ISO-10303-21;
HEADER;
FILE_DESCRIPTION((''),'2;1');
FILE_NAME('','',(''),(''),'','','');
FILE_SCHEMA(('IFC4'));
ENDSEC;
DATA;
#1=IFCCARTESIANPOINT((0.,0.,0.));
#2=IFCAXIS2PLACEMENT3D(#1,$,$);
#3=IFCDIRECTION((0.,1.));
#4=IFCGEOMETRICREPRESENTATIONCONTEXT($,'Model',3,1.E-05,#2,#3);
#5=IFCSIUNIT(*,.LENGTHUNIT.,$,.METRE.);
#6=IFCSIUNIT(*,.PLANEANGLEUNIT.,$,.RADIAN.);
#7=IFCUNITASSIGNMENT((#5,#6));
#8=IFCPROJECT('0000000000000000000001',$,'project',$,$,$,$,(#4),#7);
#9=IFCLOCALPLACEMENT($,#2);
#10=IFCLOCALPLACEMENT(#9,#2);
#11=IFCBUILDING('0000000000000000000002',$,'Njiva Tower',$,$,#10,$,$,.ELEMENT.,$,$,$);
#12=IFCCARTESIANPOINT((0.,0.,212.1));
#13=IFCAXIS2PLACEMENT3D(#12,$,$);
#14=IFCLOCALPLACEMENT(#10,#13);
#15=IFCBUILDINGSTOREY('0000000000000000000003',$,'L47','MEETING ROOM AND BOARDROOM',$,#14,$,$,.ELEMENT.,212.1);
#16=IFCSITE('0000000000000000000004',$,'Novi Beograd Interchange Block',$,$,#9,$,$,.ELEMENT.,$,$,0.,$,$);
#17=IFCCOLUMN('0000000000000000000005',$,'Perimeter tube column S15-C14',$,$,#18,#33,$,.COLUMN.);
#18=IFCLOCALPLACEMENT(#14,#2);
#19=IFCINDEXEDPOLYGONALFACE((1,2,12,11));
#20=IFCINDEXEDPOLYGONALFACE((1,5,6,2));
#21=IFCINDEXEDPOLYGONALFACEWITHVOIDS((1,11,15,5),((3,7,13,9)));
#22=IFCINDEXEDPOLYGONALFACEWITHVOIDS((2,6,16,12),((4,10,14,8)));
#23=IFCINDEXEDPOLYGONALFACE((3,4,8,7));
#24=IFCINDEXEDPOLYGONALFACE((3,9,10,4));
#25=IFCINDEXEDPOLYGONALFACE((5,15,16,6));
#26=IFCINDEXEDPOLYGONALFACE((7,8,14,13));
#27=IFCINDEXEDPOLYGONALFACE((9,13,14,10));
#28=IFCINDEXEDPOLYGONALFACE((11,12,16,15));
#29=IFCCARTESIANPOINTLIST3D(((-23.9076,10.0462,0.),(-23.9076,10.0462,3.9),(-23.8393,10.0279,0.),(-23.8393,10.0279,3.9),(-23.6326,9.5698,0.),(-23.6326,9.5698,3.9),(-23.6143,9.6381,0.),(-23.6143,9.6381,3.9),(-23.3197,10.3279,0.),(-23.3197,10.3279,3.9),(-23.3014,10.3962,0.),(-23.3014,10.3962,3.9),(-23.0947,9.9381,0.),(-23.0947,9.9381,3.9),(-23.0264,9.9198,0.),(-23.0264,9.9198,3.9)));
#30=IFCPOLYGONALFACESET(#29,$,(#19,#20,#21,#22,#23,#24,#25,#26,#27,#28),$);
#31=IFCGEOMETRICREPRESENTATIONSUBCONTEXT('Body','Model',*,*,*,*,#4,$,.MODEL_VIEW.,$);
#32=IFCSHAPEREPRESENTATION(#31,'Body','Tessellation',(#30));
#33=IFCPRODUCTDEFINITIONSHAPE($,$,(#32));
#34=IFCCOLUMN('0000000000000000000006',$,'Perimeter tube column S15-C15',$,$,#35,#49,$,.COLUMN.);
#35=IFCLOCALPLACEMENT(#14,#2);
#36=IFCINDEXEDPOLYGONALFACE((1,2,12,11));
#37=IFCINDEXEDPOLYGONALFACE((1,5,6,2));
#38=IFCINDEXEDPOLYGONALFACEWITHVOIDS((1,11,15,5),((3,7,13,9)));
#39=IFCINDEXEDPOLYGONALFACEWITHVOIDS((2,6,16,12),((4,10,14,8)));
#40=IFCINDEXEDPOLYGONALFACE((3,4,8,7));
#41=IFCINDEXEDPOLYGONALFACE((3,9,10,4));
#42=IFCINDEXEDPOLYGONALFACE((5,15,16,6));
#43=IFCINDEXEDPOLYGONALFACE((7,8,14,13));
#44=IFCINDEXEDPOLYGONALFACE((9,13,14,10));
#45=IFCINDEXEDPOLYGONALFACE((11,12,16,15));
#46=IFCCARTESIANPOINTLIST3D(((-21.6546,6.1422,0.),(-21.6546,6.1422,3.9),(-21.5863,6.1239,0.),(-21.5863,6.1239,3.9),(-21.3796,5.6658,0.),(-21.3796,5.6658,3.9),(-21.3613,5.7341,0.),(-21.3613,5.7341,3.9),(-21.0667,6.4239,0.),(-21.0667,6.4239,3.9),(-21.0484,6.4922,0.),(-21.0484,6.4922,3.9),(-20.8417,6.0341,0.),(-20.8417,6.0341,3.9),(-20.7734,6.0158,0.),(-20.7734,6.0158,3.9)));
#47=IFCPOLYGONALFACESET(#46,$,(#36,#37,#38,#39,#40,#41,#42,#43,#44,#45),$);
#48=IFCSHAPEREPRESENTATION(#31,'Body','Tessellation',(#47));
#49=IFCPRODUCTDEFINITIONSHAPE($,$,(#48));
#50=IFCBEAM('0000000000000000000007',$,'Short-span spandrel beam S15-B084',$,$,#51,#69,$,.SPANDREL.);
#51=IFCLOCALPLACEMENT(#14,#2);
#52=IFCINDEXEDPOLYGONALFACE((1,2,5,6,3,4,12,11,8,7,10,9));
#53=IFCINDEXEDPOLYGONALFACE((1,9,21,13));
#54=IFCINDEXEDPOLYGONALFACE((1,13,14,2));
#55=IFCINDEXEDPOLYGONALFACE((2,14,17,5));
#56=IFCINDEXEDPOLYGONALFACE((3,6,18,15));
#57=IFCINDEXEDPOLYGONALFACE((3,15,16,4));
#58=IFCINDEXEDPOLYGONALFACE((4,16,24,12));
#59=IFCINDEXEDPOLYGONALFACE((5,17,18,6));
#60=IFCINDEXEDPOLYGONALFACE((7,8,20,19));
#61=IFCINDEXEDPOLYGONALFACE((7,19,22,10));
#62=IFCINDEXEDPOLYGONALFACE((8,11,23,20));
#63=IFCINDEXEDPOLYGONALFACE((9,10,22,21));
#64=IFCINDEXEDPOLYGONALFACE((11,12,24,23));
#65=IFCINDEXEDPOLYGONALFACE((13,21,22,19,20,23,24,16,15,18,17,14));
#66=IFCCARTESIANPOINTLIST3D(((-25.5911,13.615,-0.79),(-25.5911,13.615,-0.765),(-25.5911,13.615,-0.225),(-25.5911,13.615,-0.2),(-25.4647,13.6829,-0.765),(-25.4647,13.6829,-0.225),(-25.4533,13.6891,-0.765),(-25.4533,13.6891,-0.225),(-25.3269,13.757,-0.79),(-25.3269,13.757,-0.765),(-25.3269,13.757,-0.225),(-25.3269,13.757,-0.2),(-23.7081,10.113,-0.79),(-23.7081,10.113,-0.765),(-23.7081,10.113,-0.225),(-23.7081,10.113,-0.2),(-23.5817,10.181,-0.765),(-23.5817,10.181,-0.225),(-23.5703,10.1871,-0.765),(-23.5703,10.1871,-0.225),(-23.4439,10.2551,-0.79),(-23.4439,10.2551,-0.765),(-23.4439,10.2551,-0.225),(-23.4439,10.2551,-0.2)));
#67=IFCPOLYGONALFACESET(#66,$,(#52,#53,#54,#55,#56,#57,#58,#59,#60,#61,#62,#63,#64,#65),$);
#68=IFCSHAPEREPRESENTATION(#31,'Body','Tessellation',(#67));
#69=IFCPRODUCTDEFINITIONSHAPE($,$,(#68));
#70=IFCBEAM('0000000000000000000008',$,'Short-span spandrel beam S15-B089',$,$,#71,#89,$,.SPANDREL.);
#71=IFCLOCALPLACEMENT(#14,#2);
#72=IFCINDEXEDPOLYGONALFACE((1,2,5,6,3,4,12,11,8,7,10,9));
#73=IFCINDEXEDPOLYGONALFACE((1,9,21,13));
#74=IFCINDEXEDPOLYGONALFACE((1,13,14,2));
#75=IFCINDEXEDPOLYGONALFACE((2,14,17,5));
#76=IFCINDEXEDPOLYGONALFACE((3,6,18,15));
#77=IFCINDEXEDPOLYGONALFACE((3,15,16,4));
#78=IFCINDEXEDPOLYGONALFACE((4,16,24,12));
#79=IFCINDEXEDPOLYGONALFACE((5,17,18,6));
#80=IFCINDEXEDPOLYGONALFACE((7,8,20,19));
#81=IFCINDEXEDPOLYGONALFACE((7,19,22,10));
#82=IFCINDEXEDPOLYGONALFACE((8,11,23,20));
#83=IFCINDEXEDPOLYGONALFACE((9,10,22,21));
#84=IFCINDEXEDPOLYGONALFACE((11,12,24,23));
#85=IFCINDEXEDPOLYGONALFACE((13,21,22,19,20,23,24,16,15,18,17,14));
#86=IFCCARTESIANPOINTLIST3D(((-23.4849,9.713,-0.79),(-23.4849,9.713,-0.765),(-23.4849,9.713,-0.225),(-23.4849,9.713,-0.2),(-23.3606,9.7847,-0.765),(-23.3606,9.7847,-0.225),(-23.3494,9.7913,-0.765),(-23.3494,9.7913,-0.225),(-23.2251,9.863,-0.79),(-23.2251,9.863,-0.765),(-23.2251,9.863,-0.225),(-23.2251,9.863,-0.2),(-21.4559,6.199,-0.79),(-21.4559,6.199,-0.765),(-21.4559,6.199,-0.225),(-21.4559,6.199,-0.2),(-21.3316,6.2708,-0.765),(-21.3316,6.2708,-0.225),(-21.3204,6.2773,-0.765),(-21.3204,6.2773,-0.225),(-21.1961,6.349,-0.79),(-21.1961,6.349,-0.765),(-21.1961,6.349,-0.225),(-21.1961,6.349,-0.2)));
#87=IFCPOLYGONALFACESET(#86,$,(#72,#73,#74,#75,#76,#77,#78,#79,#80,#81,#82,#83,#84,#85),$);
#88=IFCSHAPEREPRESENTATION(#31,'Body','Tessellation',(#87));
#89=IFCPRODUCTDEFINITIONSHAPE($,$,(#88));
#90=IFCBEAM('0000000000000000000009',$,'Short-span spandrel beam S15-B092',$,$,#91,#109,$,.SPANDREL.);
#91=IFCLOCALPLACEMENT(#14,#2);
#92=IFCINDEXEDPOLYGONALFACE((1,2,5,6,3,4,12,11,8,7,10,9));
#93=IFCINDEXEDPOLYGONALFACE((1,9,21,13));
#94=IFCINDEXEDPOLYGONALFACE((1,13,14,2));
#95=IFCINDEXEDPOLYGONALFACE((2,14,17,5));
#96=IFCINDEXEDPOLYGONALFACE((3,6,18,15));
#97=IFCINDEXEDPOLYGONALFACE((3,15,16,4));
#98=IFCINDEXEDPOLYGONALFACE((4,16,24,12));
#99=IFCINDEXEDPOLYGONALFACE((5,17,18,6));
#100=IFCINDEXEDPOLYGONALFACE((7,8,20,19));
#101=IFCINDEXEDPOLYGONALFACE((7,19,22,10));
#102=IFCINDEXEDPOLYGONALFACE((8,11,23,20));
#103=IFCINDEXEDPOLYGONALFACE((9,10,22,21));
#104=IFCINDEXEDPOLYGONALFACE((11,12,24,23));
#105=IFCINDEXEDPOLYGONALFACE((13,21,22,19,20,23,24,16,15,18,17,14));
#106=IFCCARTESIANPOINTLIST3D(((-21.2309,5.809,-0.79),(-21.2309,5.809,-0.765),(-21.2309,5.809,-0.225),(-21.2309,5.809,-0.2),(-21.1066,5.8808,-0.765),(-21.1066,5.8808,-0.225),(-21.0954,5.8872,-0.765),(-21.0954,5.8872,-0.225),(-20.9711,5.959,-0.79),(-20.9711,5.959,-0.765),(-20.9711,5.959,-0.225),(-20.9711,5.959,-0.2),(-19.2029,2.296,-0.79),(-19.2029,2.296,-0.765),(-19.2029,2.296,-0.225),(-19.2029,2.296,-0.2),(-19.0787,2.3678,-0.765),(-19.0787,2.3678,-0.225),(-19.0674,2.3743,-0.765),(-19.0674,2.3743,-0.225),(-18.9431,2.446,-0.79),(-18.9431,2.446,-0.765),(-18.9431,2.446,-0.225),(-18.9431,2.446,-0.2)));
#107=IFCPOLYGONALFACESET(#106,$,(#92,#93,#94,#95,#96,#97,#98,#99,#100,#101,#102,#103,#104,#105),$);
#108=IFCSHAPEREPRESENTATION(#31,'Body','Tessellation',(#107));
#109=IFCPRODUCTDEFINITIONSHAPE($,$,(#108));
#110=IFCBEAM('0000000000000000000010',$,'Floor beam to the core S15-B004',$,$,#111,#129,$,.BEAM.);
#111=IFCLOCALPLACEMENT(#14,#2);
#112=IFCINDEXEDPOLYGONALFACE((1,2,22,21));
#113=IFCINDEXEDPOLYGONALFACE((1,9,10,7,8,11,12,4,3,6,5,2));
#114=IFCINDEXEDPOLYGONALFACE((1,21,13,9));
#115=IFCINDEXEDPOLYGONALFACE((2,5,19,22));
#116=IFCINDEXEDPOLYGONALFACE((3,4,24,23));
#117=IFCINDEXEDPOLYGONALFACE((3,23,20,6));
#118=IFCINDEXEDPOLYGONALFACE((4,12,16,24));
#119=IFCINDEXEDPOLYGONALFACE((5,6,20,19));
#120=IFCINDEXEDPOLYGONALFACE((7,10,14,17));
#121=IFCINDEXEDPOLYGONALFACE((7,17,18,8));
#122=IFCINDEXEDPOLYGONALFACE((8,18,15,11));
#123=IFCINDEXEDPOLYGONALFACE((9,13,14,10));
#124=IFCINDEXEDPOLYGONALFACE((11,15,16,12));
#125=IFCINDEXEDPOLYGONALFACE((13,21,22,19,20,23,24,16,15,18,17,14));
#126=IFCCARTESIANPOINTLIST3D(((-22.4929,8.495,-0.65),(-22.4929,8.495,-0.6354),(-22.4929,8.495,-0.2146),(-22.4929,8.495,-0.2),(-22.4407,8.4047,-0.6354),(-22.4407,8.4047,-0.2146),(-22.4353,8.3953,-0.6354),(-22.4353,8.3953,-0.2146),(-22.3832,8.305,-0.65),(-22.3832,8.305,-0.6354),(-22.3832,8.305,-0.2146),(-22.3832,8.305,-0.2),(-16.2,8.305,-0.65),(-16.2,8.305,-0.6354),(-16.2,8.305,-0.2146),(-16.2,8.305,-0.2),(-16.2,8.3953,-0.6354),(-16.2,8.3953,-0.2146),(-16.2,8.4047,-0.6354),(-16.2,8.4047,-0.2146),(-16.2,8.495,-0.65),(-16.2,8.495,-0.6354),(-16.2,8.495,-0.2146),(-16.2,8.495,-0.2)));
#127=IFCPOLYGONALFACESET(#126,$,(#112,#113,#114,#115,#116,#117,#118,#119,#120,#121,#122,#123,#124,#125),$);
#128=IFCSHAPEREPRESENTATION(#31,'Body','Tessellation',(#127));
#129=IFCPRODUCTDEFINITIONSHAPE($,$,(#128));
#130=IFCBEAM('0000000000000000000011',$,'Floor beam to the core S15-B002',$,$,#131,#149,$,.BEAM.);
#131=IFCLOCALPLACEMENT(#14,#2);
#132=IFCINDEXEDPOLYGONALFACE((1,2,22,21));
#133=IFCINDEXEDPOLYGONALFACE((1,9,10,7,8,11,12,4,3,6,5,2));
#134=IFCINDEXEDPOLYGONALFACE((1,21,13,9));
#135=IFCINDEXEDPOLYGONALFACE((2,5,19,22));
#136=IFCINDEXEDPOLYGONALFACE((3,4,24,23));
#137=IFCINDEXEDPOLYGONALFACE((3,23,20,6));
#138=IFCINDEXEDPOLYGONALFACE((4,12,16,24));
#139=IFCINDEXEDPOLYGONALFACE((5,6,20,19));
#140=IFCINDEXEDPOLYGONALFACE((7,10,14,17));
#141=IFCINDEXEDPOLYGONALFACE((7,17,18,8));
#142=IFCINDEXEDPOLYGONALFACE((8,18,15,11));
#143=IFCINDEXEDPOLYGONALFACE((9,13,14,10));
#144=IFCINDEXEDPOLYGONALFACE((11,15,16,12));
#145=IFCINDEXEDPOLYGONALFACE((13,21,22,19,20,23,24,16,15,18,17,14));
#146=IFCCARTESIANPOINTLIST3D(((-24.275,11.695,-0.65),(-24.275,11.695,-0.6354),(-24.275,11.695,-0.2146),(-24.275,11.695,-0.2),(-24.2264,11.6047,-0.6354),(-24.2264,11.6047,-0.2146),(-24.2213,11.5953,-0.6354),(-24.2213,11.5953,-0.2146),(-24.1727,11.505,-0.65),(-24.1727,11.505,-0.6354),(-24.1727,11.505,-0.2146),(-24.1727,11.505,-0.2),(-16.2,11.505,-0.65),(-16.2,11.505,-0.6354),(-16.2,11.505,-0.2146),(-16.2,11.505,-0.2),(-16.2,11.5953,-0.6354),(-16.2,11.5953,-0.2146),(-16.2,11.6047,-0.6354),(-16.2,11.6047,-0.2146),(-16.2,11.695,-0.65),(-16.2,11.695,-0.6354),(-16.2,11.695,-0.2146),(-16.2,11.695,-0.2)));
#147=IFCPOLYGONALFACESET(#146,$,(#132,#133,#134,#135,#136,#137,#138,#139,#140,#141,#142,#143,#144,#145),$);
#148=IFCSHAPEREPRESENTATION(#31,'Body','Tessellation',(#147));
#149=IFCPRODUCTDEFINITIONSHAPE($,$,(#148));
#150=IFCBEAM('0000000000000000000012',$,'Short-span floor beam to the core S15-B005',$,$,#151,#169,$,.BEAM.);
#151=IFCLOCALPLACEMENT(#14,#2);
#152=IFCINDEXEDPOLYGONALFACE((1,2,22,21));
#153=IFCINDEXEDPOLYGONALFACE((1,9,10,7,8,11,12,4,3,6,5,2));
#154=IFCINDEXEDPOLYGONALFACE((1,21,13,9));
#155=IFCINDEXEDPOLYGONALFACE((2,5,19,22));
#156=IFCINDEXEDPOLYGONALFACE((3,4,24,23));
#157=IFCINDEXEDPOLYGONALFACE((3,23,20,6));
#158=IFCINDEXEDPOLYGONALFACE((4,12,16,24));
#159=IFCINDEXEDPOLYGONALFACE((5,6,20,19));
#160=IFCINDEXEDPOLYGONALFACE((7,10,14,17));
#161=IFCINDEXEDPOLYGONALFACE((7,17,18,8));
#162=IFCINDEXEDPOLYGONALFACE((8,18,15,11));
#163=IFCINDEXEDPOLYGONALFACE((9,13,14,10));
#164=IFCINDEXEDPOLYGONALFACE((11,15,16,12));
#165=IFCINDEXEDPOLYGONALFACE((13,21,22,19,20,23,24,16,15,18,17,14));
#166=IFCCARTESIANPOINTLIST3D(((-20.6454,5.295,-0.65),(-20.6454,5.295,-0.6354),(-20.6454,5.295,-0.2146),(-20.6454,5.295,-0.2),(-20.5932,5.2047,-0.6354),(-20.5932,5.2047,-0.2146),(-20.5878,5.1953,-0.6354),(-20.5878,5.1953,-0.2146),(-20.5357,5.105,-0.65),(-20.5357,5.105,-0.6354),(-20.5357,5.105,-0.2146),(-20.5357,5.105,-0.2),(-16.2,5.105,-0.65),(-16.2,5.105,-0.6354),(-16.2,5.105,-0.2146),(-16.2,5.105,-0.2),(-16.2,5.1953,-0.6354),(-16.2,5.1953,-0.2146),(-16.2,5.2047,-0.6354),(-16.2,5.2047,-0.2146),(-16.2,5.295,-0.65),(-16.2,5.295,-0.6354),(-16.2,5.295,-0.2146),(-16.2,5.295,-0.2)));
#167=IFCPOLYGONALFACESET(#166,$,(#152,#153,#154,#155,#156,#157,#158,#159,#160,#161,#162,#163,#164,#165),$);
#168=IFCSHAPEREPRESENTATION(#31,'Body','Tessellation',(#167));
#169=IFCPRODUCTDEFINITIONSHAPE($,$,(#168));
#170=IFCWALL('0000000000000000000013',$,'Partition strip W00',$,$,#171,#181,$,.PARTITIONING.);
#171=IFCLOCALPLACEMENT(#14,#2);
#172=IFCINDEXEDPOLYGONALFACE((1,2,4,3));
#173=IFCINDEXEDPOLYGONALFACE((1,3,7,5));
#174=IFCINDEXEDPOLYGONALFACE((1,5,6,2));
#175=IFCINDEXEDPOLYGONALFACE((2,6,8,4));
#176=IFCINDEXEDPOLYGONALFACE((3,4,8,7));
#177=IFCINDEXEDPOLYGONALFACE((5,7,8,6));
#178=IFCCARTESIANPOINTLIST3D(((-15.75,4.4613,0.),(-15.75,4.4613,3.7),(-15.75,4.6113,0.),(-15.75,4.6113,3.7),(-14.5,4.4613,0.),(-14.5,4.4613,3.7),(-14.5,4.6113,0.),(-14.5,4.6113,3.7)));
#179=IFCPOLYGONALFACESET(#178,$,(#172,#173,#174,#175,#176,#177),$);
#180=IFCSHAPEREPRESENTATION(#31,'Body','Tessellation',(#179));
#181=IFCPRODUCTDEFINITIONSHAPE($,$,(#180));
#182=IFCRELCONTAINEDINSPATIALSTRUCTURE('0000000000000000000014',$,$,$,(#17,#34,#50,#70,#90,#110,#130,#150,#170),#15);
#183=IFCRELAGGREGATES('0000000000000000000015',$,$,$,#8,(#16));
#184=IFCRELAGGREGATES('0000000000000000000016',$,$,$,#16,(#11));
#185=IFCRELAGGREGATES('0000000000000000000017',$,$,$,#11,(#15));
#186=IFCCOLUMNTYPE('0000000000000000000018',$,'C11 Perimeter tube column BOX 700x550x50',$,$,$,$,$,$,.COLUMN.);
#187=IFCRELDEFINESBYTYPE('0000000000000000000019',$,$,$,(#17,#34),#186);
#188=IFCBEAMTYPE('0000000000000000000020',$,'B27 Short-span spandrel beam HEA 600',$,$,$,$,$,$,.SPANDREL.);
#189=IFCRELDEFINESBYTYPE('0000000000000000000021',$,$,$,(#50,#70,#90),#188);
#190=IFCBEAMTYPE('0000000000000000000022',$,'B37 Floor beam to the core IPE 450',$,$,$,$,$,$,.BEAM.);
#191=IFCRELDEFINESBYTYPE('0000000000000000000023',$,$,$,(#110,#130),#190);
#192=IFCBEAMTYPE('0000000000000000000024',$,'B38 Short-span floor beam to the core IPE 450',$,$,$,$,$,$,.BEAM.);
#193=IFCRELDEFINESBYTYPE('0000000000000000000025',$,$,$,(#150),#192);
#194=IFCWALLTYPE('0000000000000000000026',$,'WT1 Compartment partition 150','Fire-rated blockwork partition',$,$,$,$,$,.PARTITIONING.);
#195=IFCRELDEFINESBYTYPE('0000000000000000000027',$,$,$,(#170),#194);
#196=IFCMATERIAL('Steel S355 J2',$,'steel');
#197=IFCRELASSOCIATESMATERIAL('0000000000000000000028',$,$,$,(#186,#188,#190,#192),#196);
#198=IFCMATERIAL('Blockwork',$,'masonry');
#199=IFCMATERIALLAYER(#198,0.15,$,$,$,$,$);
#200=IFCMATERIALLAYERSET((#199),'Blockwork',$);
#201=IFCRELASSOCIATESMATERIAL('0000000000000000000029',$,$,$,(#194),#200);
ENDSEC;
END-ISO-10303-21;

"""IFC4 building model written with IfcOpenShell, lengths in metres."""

from ifc_helpers import new_model, si_unit, direction, frame, frame_2d, origin, origin_2d, place, context, subcontext, project, spatial, rectangle, hollow_rectangle, i_section, extrude, clip, halfspace, material, layer, layer_set, material_profile, profile_set, type_object, element, save


model = new_model("IFC4")

# Units and contexts
model_context = context("Model", 3, precision=1e-05, world=origin(), true_north=direction((0.0, 1.0)))
body_context = subcontext(model_context, "Body", "Model", "MODEL_VIEW")
ifc_project = project(units=[si_unit("LENGTHUNIT", "METRE"), si_unit("PLANEANGLEUNIT", "RADIAN")], contexts=[model_context])

# Site, building, storey
site_placement = place(None, origin())
site = spatial("IfcSite", under=ifc_project, at=site_placement, Name="Novi Beograd Interchange Block", CompositionType="ELEMENT", RefElevation=0.0)
building_placement = place(site_placement, origin())
building = spatial("IfcBuilding", under=site, at=building_placement, Name="Njiva Tower", CompositionType="ELEMENT")
storey_placement = place(building_placement, frame((0.0, 0.0, 212.1)))
storey = spatial("IfcBuildingStorey", under=building, at=storey_placement, Name="L47", Description="MEETING ROOM AND BOARDROOM", CompositionType="ELEMENT", Elevation=212.1)

# Columns
ifc_material_1 = material(Name="Steel S355 J2", Category="steel")
ifc_material_profile_1 = material_profile(ifc_material_1, hollow_rectangle(XDim=0.55, YDim=0.7, WallThickness=0.05, at=origin_2d()), Name="BOX 700x550x50")
ifc_profile_set_1 = profile_set([ifc_material_profile_1], Name="Steel S355 J2")
column_type = type_object("IfcColumnType", Name="C11 Perimeter tube column BOX 700x550x50", PredefinedType="COLUMN", material=ifc_profile_set_1)
for number, where, z_axis, x_axis, name in (
    (1, (-23.467, 9.983, 0.0), (0.0, 0.0, 1.0), (0.5, -0.866025, 0.0), "Perimeter tube column S15-C14"),
    (2, (-21.214, 6.079, 0.0), (0.0, 0.0, 1.0), (0.5, -0.866025, 0.0), "Perimeter tube column S15-C15"),
):
    element("IfcColumn", number, at=place(storey_placement, frame(where, z_axis=z_axis, x_axis=x_axis)), inside=storey, type_object=column_type, Name=name, PredefinedType="COLUMN", context=body_context, shape_type="SweptSolid", body=[
        extrude(hollow_rectangle(XDim=0.55, YDim=0.7, WallThickness=0.05, at=origin_2d()), origin(), (0.0, 0.0, 1.0), 3.9),
    ])

# Beams
ifc_material_profile_2 = material_profile(ifc_material_1, i_section(OverallWidth=0.3, OverallDepth=0.59, WebThickness=0.013, FlangeThickness=0.025, at=origin_2d()), Name="HEA 600")
ifc_profile_set_2 = profile_set([ifc_material_profile_2], Name="Steel S355 J2")
beam_type_1 = type_object("IfcBeamType", Name="B27 Short-span spandrel beam HEA 600", PredefinedType="SPANDREL", material=ifc_profile_set_2)
beam_1_placement = place(storey_placement, frame((-25.459, 13.686, -0.495), z_axis=(0.473575, -0.880754, 0.0), x_axis=(0.880754, 0.473575, 0.0)))
element("IfcBeam", 3, at=beam_1_placement, inside=storey, type_object=beam_type_1, Name="Short-span spandrel beam S15-B084", PredefinedType="SPANDREL", context=body_context, shape_type="SweptSolid", body=[
    extrude(i_section(OverallWidth=0.3, OverallDepth=0.59, WebThickness=0.013, FlangeThickness=0.025, at=origin_2d()), origin(), (0.0, 0.0, 1.0), 3.9761),
])
beam_2_placement = place(storey_placement, frame((-23.355, 9.788, -0.495), z_axis=(0.500035, -0.866005, 0.0), x_axis=(0.866005, 0.500035, 0.0)))
element("IfcBeam", 4, at=beam_2_placement, inside=storey, type_object=beam_type_1, Name="Short-span spandrel beam S15-B089", PredefinedType="SPANDREL", context=body_context, shape_type="SweptSolid", body=[
    extrude(i_section(OverallWidth=0.3, OverallDepth=0.59, WebThickness=0.013, FlangeThickness=0.025, at=origin_2d()), origin(), (0.0, 0.0, 1.0), 4.0577),
])
beam_3_placement = place(storey_placement, frame((-21.101, 5.884, -0.495), z_axis=(0.499957, -0.86605, 0.0), x_axis=(0.86605, 0.499957, 0.0)))
element("IfcBeam", 5, at=beam_3_placement, inside=storey, type_object=beam_type_1, Name="Short-span spandrel beam S15-B092", PredefinedType="SPANDREL", context=body_context, shape_type="SweptSolid", body=[
    extrude(i_section(OverallWidth=0.3, OverallDepth=0.59, WebThickness=0.013, FlangeThickness=0.025, at=origin_2d()), origin(), (0.0, 0.0, 1.0), 4.0563),
])
ifc_material_profile_3 = material_profile(ifc_material_1, i_section(OverallWidth=0.19, OverallDepth=0.45, WebThickness=0.0094, FlangeThickness=0.0146, at=origin_2d()), Name="IPE 450")
ifc_profile_set_3 = profile_set([ifc_material_profile_3], Name="Steel S355 J2")
beam_type_2 = type_object("IfcBeamType", Name="B37 Floor beam to the core IPE 450", PredefinedType="BEAM", material=ifc_profile_set_3)
beam_4_placement = place(storey_placement, frame((-22.513, 8.4, -0.425), z_axis=(1.0, 0.0, 0.0), x_axis=(0.0, 1.0, 0.0)))
element("IfcBeam", 6, at=beam_4_placement, inside=storey, type_object=beam_type_2, Name="Floor beam to the core S15-B004", PredefinedType="BEAM", context=body_context, shape_type="Clipping", body=[
    clip(extrude(i_section(OverallWidth=0.19, OverallDepth=0.45, WebThickness=0.0094, FlangeThickness=0.0146, at=origin_2d()), origin(), (0.0, 0.0, 1.0), 6.313), halfspace(frame((-0.025, 0.0, 0.0894), z_axis=(-0.499998, 0.0, -0.866027), x_axis=(0.0, -1.0, 0.0)), False)),
])
beam_5_placement = place(storey_placement, frame((-24.295, 11.6, -0.425), z_axis=(1.0, 0.0, 0.0), x_axis=(0.0, 1.0, 0.0)))
element("IfcBeam", 7, at=beam_5_placement, inside=storey, type_object=beam_type_2, Name="Floor beam to the core S15-B002", PredefinedType="BEAM", context=body_context, shape_type="Clipping", body=[
    clip(extrude(i_section(OverallWidth=0.19, OverallDepth=0.45, WebThickness=0.0094, FlangeThickness=0.0146, at=origin_2d()), origin(), (0.0, 0.0, 1.0), 8.095), halfspace(frame((-0.0237, 0.0, 0.0839), z_axis=(-0.473769, 0.0, -0.880649), x_axis=(0.0, -1.0, 0.0)), False)),
])
ifc_material_profile_4 = material_profile(ifc_material_1, i_section(OverallWidth=0.19, OverallDepth=0.45, WebThickness=0.0094, FlangeThickness=0.0146, at=origin_2d()), Name="IPE 450")
ifc_profile_set_4 = profile_set([ifc_material_profile_4], Name="Steel S355 J2")
beam_type_3 = type_object("IfcBeamType", Name="B38 Short-span floor beam to the core IPE 450", PredefinedType="BEAM", material=ifc_profile_set_4)
beam_6_placement = place(storey_placement, frame((-20.666, 5.2, -0.425), z_axis=(1.0, 0.0, 0.0), x_axis=(0.0, 1.0, 0.0)))
element("IfcBeam", 8, at=beam_6_placement, inside=storey, type_object=beam_type_3, Name="Short-span floor beam to the core S15-B005", PredefinedType="BEAM", context=body_context, shape_type="Clipping", body=[
    clip(extrude(i_section(OverallWidth=0.19, OverallDepth=0.45, WebThickness=0.0094, FlangeThickness=0.0146, at=origin_2d()), origin(), (0.0, 0.0, 1.0), 4.466), halfspace(frame((-0.025, 0.0, 0.0899), z_axis=(-0.499998, 0.0, -0.866027), x_axis=(0.0, -1.0, 0.0)), False)),
])

# Wall
ifc_material_2 = material(Name="Blockwork", Category="masonry")
ifc_layer_1 = layer(ifc_material_2, 0.15)
ifc_layer_set_1 = layer_set([ifc_layer_1], Name="Blockwork")
wall_type_1 = type_object("IfcWallType", Name="WT1 Compartment partition 150", Description="Fire-rated blockwork partition", PredefinedType="PARTITIONING", material=ifc_layer_set_1)
for number, where, z_axis, x_axis, name in (
    (9, (-15.75, 4.5363, 0.0), (0.0, 0.0, 1.0), (1.0, 0.0, 0.0), "Partition strip W00"),
):
    element("IfcWall", number, at=place(storey_placement, frame(where, z_axis=z_axis, x_axis=x_axis)), inside=storey, type_object=wall_type_1, Name=name, PredefinedType="PARTITIONING", context=body_context, shape_type="SweptSolid", body=[
        extrude(rectangle(XDim=1.25, YDim=0.15, at=frame_2d((0.625, 0.0))), origin(), (0.0, 0.0, 1.0), 3.7),
    ])

save(model, "model.ifc")
